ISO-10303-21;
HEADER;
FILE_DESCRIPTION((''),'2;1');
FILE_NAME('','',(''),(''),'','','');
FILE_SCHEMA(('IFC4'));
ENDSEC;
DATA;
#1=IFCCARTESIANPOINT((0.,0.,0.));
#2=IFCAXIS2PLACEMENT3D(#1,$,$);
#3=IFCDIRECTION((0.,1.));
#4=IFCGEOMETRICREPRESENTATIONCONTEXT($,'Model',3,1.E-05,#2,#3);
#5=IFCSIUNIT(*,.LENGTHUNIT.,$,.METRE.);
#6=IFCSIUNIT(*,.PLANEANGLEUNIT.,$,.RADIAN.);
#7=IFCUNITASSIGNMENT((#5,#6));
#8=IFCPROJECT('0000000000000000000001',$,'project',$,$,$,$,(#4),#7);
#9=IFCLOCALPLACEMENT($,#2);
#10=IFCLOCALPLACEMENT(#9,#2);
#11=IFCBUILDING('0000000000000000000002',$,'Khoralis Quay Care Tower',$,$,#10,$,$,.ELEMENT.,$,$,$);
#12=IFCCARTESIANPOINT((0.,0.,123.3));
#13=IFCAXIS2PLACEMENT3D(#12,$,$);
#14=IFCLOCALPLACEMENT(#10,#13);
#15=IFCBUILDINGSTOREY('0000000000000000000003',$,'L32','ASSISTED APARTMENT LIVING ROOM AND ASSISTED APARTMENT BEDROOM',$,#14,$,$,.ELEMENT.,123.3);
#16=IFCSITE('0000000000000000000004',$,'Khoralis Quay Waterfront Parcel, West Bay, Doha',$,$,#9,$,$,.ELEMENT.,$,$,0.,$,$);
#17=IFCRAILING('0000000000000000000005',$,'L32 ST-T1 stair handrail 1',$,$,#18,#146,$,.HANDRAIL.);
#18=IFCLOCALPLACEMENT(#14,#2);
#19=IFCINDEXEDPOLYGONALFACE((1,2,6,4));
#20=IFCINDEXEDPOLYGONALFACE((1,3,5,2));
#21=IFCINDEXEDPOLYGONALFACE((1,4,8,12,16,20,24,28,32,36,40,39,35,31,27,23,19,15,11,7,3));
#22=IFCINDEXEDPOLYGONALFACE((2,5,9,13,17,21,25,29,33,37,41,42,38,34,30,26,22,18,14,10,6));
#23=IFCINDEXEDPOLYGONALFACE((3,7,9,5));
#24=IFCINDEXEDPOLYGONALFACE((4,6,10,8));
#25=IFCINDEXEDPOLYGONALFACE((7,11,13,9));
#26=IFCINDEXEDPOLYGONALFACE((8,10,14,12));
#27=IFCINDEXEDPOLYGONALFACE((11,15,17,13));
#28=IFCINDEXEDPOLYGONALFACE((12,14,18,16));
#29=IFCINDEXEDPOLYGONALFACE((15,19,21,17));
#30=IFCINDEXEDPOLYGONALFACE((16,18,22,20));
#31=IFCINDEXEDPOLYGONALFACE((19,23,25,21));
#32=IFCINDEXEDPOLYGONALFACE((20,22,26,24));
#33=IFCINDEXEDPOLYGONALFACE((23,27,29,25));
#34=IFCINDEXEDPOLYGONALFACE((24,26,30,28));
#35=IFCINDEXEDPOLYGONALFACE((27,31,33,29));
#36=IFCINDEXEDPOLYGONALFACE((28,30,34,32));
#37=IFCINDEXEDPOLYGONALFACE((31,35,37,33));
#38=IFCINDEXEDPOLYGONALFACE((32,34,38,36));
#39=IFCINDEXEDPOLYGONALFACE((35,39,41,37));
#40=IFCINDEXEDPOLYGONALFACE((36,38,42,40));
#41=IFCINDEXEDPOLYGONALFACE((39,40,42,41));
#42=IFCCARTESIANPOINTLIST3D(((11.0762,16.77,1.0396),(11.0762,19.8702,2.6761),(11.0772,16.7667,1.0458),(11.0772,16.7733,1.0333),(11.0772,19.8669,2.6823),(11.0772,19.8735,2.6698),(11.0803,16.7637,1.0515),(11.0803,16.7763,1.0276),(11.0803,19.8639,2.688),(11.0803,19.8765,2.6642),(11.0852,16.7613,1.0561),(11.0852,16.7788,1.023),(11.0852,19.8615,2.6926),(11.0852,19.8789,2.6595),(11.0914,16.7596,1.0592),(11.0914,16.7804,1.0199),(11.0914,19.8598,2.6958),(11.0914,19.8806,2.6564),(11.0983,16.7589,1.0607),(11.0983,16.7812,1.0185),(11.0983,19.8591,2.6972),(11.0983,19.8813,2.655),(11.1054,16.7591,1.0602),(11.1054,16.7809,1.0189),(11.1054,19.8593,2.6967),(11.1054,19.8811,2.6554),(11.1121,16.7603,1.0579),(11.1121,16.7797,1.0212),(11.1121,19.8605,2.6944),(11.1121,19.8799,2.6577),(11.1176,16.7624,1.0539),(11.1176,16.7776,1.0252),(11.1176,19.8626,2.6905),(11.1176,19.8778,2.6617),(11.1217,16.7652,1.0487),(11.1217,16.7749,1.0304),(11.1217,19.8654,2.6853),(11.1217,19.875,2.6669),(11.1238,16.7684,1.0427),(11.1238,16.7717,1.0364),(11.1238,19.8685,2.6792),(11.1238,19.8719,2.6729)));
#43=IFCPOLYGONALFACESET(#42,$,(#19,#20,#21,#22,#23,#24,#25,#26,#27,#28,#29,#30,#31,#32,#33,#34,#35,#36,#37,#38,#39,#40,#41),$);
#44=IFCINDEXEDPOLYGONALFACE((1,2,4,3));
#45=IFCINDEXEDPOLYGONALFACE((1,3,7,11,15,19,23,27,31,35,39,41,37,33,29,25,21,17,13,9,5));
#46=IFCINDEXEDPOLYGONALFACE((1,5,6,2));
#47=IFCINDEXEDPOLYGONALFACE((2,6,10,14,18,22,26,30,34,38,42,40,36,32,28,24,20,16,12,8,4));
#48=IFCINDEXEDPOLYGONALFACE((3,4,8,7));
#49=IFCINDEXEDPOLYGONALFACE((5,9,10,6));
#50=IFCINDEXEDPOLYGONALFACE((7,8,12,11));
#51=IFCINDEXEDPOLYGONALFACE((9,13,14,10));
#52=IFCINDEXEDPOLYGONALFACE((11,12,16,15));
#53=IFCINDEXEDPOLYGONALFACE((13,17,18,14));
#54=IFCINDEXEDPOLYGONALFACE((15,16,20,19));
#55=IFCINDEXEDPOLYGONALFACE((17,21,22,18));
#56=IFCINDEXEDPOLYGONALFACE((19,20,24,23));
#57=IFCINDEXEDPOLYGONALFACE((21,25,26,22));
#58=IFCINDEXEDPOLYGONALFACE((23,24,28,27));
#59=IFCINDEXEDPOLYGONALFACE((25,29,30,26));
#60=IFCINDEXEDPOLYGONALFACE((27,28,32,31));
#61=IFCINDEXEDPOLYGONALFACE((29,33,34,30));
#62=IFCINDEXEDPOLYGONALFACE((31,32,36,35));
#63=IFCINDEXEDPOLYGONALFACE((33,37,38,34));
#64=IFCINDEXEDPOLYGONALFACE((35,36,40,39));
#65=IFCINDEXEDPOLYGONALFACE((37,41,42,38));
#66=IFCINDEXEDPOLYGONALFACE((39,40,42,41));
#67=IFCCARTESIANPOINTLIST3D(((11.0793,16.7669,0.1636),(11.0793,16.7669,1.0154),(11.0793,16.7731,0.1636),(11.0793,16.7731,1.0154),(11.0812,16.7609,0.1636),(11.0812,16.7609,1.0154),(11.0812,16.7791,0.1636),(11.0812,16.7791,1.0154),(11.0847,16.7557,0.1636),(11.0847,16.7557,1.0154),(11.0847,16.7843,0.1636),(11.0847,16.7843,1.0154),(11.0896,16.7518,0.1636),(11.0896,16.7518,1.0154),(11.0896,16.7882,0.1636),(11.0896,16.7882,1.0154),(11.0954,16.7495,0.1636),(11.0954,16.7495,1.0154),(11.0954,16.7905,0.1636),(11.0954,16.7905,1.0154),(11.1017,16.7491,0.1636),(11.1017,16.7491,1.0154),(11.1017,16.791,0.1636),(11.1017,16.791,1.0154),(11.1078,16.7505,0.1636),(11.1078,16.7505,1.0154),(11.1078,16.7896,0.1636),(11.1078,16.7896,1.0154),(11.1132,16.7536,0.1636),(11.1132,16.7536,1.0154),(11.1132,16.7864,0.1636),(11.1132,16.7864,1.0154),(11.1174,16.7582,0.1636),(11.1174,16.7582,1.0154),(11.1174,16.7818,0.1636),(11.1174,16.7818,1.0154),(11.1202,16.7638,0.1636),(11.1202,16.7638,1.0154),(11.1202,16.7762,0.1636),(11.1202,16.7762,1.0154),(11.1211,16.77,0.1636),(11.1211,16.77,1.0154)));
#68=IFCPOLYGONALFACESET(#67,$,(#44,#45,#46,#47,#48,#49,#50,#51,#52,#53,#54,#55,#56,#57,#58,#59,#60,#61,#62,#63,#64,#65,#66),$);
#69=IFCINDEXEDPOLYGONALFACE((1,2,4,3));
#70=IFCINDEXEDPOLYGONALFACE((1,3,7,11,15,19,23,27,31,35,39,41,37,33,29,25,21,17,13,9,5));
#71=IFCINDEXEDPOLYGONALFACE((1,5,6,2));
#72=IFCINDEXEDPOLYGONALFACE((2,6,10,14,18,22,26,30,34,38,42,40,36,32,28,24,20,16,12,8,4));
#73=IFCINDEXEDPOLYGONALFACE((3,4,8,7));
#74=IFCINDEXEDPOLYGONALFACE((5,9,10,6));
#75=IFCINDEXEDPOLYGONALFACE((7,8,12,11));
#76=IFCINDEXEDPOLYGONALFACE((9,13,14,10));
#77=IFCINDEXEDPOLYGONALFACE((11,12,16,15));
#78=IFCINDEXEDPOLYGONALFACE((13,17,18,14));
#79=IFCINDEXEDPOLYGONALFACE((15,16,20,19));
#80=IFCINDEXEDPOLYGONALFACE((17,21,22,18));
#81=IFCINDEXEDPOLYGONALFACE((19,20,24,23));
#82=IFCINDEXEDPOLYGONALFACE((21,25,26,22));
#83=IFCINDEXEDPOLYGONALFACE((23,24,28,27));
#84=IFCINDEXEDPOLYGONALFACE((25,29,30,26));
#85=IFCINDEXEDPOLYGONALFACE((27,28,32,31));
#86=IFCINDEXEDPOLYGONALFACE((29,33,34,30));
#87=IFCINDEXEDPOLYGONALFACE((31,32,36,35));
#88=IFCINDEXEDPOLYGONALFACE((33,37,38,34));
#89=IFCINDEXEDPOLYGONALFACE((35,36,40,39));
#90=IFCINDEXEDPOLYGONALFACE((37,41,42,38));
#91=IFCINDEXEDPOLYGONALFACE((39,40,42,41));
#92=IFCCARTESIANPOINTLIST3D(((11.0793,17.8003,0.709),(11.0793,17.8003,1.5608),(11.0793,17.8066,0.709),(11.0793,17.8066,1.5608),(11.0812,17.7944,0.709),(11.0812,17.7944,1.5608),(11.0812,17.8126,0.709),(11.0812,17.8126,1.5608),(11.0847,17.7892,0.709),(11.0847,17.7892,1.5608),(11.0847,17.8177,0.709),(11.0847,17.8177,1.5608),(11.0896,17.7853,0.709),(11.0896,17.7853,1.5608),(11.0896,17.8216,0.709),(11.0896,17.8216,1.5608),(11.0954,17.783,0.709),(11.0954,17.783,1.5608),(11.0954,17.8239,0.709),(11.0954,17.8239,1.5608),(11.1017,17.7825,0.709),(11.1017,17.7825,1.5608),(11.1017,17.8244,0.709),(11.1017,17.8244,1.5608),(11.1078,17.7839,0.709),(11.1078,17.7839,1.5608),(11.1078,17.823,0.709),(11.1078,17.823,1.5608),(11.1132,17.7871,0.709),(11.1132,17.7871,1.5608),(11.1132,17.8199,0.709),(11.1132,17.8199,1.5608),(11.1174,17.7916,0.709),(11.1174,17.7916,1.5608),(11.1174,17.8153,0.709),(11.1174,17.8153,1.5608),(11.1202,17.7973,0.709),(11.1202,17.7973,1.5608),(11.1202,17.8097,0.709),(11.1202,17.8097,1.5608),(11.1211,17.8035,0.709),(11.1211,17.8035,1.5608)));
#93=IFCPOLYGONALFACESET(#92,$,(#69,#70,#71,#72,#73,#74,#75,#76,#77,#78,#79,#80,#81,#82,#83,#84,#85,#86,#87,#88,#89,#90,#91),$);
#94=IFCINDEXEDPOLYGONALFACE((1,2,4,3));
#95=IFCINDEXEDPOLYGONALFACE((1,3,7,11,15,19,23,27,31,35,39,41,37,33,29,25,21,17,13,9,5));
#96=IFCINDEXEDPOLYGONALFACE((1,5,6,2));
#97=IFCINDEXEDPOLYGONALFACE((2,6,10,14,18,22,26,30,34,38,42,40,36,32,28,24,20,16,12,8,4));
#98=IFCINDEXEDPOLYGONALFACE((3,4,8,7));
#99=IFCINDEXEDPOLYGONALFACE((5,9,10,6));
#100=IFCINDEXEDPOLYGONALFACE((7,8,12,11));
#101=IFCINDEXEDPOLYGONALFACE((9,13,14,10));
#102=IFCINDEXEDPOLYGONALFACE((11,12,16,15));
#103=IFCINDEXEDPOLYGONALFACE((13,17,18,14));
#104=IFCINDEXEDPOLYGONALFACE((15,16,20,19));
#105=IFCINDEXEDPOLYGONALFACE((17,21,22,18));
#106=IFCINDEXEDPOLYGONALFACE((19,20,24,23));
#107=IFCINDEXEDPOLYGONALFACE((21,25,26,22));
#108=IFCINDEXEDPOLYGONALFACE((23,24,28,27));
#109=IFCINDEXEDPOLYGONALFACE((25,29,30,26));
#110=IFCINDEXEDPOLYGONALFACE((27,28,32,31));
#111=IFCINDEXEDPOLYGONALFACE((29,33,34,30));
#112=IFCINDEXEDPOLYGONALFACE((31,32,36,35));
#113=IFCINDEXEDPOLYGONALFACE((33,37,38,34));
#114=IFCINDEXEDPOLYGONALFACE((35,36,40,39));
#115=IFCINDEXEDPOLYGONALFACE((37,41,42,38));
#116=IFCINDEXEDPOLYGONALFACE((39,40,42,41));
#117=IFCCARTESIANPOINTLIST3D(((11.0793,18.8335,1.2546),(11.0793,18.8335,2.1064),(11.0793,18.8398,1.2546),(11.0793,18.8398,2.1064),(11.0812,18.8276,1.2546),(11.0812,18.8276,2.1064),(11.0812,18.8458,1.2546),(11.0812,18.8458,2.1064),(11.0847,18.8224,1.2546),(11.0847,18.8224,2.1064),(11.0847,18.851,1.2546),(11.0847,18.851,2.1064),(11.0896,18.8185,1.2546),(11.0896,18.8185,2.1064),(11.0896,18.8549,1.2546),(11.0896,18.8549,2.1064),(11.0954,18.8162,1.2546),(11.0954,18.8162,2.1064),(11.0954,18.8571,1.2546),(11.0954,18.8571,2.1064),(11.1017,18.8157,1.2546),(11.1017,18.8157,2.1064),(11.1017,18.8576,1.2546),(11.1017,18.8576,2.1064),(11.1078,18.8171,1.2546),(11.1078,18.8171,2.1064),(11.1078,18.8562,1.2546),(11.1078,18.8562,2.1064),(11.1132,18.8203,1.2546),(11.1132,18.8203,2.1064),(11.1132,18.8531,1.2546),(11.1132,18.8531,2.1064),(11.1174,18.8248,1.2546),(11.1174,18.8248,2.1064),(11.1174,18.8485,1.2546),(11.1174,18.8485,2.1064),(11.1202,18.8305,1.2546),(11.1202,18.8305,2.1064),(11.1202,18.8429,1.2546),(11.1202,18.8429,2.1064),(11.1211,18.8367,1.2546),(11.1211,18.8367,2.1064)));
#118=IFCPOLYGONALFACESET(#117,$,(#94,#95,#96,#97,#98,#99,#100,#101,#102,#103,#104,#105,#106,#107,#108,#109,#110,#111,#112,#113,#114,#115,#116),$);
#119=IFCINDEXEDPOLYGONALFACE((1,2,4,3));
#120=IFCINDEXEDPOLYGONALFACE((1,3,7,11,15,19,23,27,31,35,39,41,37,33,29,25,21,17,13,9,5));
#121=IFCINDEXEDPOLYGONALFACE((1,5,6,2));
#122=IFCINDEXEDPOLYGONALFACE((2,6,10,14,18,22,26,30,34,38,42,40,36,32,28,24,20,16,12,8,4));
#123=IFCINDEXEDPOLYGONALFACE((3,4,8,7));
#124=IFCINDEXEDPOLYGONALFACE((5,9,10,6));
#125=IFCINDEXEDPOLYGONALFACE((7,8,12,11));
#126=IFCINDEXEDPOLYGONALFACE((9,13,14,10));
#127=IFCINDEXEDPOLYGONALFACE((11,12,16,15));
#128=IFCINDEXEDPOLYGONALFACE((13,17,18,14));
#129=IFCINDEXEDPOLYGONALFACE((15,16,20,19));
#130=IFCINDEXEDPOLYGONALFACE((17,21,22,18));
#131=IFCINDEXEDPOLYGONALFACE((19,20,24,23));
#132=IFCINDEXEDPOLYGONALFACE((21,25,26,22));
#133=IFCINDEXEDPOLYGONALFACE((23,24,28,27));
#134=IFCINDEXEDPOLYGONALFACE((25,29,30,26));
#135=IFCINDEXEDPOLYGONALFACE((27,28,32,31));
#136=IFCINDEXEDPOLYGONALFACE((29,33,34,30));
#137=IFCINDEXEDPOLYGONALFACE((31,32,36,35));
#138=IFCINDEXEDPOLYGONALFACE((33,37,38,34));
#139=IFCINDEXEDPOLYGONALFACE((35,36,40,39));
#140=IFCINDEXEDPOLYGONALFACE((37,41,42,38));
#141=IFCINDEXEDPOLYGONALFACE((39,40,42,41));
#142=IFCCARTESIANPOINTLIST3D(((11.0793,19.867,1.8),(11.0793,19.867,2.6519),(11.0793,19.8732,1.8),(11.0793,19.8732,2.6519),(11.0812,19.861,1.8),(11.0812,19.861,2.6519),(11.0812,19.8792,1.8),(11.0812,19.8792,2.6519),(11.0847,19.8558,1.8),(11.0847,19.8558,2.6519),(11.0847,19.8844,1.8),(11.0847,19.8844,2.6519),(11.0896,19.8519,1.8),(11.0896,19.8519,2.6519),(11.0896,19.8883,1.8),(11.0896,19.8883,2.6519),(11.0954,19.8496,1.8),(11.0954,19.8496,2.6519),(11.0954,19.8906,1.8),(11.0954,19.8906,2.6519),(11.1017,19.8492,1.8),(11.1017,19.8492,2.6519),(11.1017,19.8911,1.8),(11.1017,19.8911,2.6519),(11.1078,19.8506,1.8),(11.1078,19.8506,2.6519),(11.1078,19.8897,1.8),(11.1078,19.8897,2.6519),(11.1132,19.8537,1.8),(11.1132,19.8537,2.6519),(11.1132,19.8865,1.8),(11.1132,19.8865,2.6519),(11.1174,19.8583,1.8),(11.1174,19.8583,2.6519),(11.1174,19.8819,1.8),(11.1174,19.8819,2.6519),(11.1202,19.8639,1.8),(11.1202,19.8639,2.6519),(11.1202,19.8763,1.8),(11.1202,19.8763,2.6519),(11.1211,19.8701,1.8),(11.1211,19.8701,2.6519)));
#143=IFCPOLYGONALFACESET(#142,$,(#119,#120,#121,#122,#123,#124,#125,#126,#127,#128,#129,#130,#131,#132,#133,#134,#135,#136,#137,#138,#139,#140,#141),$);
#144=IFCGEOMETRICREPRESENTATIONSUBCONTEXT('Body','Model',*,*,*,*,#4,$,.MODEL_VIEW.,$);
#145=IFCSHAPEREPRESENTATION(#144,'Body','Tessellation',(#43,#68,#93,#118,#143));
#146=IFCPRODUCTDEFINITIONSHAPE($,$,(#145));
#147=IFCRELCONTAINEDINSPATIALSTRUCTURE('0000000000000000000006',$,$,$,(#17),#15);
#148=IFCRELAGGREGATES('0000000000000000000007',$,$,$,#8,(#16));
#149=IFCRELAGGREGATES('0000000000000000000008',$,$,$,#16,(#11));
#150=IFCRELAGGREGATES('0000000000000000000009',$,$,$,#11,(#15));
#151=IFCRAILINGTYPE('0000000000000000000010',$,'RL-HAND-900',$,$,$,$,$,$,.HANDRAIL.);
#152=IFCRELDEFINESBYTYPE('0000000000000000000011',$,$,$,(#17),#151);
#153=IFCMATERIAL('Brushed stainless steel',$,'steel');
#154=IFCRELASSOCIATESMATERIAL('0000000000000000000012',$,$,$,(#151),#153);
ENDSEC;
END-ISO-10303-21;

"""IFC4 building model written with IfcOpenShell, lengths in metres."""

from ifc_helpers import new_model, si_unit, direction, frame, origin, origin_2d, place, context, subcontext, project, spatial, circle, extrude, material, type_object, element, save


model = new_model("IFC4")

# Units and contexts
model_context = context("Model", 3, precision=1e-05, world=origin(), true_north=direction((0.0, 1.0)))
body_context = subcontext(model_context, "Body", "Model", "MODEL_VIEW")
ifc_project = project(units=[si_unit("LENGTHUNIT", "METRE"), si_unit("PLANEANGLEUNIT", "RADIAN")], contexts=[model_context])

# Site, building, storey
site_placement = place(None, origin())
site = spatial("IfcSite", under=ifc_project, at=site_placement, Name="Khoralis Quay Waterfront Parcel, West Bay, Doha", CompositionType="ELEMENT", RefElevation=0.0)
building_placement = place(site_placement, origin())
building = spatial("IfcBuilding", under=site, at=building_placement, Name="Khoralis Quay Care Tower", CompositionType="ELEMENT")
storey_placement = place(building_placement, frame((0.0, 0.0, 123.3)))
storey = spatial("IfcBuildingStorey", under=building, at=storey_placement, Name="L32", Description="ASSISTED APARTMENT LIVING ROOM AND ASSISTED APARTMENT BEDROOM", CompositionType="ELEMENT", Elevation=123.3)

# Shared definitions
ifc_material_1 = material(Name="Brushed stainless steel", Category="steel")

# Railing
railing_type_1 = type_object("IfcRailingType", Name="RL-HAND-900", PredefinedType="HANDRAIL", material=ifc_material_1)
railing_1_placement = place(storey_placement, frame((11.1001, 16.77, 0.1636)))
element("IfcRailing", 1, at=railing_1_placement, inside=storey, type_object=railing_type_1, Name="L32 ST-T1 stair handrail 1", PredefinedType="HANDRAIL", context=body_context, shape_type="SweptSolid", body=[
    extrude(circle(Radius=0.0239, at=origin_2d()), frame((0.0, 0.0, 0.876), z_axis=(0.0, 0.884348, 0.466828), x_axis=(-1.0, 0.0, 0.0)), (0.0, 0.0, 1.0), 3.5056),
    extrude(circle(Radius=0.021, at=origin_2d()), origin(), (0.0, 0.0, 1.0), 0.8518),
    extrude(circle(Radius=0.021, at=origin_2d()), frame((0.0, 1.0334, 0.5454)), (0.0, 0.0, 1.0), 0.8518),
    extrude(circle(Radius=0.021, at=origin_2d()), frame((0.0, 2.0667, 1.0911)), (0.0, 0.0, 1.0), 0.8518),
    extrude(circle(Radius=0.021, at=origin_2d()), frame((0.0, 3.1001, 1.6365)), (0.0, 0.0, 1.0), 0.8518),
])

save(model, "model.ifc")
